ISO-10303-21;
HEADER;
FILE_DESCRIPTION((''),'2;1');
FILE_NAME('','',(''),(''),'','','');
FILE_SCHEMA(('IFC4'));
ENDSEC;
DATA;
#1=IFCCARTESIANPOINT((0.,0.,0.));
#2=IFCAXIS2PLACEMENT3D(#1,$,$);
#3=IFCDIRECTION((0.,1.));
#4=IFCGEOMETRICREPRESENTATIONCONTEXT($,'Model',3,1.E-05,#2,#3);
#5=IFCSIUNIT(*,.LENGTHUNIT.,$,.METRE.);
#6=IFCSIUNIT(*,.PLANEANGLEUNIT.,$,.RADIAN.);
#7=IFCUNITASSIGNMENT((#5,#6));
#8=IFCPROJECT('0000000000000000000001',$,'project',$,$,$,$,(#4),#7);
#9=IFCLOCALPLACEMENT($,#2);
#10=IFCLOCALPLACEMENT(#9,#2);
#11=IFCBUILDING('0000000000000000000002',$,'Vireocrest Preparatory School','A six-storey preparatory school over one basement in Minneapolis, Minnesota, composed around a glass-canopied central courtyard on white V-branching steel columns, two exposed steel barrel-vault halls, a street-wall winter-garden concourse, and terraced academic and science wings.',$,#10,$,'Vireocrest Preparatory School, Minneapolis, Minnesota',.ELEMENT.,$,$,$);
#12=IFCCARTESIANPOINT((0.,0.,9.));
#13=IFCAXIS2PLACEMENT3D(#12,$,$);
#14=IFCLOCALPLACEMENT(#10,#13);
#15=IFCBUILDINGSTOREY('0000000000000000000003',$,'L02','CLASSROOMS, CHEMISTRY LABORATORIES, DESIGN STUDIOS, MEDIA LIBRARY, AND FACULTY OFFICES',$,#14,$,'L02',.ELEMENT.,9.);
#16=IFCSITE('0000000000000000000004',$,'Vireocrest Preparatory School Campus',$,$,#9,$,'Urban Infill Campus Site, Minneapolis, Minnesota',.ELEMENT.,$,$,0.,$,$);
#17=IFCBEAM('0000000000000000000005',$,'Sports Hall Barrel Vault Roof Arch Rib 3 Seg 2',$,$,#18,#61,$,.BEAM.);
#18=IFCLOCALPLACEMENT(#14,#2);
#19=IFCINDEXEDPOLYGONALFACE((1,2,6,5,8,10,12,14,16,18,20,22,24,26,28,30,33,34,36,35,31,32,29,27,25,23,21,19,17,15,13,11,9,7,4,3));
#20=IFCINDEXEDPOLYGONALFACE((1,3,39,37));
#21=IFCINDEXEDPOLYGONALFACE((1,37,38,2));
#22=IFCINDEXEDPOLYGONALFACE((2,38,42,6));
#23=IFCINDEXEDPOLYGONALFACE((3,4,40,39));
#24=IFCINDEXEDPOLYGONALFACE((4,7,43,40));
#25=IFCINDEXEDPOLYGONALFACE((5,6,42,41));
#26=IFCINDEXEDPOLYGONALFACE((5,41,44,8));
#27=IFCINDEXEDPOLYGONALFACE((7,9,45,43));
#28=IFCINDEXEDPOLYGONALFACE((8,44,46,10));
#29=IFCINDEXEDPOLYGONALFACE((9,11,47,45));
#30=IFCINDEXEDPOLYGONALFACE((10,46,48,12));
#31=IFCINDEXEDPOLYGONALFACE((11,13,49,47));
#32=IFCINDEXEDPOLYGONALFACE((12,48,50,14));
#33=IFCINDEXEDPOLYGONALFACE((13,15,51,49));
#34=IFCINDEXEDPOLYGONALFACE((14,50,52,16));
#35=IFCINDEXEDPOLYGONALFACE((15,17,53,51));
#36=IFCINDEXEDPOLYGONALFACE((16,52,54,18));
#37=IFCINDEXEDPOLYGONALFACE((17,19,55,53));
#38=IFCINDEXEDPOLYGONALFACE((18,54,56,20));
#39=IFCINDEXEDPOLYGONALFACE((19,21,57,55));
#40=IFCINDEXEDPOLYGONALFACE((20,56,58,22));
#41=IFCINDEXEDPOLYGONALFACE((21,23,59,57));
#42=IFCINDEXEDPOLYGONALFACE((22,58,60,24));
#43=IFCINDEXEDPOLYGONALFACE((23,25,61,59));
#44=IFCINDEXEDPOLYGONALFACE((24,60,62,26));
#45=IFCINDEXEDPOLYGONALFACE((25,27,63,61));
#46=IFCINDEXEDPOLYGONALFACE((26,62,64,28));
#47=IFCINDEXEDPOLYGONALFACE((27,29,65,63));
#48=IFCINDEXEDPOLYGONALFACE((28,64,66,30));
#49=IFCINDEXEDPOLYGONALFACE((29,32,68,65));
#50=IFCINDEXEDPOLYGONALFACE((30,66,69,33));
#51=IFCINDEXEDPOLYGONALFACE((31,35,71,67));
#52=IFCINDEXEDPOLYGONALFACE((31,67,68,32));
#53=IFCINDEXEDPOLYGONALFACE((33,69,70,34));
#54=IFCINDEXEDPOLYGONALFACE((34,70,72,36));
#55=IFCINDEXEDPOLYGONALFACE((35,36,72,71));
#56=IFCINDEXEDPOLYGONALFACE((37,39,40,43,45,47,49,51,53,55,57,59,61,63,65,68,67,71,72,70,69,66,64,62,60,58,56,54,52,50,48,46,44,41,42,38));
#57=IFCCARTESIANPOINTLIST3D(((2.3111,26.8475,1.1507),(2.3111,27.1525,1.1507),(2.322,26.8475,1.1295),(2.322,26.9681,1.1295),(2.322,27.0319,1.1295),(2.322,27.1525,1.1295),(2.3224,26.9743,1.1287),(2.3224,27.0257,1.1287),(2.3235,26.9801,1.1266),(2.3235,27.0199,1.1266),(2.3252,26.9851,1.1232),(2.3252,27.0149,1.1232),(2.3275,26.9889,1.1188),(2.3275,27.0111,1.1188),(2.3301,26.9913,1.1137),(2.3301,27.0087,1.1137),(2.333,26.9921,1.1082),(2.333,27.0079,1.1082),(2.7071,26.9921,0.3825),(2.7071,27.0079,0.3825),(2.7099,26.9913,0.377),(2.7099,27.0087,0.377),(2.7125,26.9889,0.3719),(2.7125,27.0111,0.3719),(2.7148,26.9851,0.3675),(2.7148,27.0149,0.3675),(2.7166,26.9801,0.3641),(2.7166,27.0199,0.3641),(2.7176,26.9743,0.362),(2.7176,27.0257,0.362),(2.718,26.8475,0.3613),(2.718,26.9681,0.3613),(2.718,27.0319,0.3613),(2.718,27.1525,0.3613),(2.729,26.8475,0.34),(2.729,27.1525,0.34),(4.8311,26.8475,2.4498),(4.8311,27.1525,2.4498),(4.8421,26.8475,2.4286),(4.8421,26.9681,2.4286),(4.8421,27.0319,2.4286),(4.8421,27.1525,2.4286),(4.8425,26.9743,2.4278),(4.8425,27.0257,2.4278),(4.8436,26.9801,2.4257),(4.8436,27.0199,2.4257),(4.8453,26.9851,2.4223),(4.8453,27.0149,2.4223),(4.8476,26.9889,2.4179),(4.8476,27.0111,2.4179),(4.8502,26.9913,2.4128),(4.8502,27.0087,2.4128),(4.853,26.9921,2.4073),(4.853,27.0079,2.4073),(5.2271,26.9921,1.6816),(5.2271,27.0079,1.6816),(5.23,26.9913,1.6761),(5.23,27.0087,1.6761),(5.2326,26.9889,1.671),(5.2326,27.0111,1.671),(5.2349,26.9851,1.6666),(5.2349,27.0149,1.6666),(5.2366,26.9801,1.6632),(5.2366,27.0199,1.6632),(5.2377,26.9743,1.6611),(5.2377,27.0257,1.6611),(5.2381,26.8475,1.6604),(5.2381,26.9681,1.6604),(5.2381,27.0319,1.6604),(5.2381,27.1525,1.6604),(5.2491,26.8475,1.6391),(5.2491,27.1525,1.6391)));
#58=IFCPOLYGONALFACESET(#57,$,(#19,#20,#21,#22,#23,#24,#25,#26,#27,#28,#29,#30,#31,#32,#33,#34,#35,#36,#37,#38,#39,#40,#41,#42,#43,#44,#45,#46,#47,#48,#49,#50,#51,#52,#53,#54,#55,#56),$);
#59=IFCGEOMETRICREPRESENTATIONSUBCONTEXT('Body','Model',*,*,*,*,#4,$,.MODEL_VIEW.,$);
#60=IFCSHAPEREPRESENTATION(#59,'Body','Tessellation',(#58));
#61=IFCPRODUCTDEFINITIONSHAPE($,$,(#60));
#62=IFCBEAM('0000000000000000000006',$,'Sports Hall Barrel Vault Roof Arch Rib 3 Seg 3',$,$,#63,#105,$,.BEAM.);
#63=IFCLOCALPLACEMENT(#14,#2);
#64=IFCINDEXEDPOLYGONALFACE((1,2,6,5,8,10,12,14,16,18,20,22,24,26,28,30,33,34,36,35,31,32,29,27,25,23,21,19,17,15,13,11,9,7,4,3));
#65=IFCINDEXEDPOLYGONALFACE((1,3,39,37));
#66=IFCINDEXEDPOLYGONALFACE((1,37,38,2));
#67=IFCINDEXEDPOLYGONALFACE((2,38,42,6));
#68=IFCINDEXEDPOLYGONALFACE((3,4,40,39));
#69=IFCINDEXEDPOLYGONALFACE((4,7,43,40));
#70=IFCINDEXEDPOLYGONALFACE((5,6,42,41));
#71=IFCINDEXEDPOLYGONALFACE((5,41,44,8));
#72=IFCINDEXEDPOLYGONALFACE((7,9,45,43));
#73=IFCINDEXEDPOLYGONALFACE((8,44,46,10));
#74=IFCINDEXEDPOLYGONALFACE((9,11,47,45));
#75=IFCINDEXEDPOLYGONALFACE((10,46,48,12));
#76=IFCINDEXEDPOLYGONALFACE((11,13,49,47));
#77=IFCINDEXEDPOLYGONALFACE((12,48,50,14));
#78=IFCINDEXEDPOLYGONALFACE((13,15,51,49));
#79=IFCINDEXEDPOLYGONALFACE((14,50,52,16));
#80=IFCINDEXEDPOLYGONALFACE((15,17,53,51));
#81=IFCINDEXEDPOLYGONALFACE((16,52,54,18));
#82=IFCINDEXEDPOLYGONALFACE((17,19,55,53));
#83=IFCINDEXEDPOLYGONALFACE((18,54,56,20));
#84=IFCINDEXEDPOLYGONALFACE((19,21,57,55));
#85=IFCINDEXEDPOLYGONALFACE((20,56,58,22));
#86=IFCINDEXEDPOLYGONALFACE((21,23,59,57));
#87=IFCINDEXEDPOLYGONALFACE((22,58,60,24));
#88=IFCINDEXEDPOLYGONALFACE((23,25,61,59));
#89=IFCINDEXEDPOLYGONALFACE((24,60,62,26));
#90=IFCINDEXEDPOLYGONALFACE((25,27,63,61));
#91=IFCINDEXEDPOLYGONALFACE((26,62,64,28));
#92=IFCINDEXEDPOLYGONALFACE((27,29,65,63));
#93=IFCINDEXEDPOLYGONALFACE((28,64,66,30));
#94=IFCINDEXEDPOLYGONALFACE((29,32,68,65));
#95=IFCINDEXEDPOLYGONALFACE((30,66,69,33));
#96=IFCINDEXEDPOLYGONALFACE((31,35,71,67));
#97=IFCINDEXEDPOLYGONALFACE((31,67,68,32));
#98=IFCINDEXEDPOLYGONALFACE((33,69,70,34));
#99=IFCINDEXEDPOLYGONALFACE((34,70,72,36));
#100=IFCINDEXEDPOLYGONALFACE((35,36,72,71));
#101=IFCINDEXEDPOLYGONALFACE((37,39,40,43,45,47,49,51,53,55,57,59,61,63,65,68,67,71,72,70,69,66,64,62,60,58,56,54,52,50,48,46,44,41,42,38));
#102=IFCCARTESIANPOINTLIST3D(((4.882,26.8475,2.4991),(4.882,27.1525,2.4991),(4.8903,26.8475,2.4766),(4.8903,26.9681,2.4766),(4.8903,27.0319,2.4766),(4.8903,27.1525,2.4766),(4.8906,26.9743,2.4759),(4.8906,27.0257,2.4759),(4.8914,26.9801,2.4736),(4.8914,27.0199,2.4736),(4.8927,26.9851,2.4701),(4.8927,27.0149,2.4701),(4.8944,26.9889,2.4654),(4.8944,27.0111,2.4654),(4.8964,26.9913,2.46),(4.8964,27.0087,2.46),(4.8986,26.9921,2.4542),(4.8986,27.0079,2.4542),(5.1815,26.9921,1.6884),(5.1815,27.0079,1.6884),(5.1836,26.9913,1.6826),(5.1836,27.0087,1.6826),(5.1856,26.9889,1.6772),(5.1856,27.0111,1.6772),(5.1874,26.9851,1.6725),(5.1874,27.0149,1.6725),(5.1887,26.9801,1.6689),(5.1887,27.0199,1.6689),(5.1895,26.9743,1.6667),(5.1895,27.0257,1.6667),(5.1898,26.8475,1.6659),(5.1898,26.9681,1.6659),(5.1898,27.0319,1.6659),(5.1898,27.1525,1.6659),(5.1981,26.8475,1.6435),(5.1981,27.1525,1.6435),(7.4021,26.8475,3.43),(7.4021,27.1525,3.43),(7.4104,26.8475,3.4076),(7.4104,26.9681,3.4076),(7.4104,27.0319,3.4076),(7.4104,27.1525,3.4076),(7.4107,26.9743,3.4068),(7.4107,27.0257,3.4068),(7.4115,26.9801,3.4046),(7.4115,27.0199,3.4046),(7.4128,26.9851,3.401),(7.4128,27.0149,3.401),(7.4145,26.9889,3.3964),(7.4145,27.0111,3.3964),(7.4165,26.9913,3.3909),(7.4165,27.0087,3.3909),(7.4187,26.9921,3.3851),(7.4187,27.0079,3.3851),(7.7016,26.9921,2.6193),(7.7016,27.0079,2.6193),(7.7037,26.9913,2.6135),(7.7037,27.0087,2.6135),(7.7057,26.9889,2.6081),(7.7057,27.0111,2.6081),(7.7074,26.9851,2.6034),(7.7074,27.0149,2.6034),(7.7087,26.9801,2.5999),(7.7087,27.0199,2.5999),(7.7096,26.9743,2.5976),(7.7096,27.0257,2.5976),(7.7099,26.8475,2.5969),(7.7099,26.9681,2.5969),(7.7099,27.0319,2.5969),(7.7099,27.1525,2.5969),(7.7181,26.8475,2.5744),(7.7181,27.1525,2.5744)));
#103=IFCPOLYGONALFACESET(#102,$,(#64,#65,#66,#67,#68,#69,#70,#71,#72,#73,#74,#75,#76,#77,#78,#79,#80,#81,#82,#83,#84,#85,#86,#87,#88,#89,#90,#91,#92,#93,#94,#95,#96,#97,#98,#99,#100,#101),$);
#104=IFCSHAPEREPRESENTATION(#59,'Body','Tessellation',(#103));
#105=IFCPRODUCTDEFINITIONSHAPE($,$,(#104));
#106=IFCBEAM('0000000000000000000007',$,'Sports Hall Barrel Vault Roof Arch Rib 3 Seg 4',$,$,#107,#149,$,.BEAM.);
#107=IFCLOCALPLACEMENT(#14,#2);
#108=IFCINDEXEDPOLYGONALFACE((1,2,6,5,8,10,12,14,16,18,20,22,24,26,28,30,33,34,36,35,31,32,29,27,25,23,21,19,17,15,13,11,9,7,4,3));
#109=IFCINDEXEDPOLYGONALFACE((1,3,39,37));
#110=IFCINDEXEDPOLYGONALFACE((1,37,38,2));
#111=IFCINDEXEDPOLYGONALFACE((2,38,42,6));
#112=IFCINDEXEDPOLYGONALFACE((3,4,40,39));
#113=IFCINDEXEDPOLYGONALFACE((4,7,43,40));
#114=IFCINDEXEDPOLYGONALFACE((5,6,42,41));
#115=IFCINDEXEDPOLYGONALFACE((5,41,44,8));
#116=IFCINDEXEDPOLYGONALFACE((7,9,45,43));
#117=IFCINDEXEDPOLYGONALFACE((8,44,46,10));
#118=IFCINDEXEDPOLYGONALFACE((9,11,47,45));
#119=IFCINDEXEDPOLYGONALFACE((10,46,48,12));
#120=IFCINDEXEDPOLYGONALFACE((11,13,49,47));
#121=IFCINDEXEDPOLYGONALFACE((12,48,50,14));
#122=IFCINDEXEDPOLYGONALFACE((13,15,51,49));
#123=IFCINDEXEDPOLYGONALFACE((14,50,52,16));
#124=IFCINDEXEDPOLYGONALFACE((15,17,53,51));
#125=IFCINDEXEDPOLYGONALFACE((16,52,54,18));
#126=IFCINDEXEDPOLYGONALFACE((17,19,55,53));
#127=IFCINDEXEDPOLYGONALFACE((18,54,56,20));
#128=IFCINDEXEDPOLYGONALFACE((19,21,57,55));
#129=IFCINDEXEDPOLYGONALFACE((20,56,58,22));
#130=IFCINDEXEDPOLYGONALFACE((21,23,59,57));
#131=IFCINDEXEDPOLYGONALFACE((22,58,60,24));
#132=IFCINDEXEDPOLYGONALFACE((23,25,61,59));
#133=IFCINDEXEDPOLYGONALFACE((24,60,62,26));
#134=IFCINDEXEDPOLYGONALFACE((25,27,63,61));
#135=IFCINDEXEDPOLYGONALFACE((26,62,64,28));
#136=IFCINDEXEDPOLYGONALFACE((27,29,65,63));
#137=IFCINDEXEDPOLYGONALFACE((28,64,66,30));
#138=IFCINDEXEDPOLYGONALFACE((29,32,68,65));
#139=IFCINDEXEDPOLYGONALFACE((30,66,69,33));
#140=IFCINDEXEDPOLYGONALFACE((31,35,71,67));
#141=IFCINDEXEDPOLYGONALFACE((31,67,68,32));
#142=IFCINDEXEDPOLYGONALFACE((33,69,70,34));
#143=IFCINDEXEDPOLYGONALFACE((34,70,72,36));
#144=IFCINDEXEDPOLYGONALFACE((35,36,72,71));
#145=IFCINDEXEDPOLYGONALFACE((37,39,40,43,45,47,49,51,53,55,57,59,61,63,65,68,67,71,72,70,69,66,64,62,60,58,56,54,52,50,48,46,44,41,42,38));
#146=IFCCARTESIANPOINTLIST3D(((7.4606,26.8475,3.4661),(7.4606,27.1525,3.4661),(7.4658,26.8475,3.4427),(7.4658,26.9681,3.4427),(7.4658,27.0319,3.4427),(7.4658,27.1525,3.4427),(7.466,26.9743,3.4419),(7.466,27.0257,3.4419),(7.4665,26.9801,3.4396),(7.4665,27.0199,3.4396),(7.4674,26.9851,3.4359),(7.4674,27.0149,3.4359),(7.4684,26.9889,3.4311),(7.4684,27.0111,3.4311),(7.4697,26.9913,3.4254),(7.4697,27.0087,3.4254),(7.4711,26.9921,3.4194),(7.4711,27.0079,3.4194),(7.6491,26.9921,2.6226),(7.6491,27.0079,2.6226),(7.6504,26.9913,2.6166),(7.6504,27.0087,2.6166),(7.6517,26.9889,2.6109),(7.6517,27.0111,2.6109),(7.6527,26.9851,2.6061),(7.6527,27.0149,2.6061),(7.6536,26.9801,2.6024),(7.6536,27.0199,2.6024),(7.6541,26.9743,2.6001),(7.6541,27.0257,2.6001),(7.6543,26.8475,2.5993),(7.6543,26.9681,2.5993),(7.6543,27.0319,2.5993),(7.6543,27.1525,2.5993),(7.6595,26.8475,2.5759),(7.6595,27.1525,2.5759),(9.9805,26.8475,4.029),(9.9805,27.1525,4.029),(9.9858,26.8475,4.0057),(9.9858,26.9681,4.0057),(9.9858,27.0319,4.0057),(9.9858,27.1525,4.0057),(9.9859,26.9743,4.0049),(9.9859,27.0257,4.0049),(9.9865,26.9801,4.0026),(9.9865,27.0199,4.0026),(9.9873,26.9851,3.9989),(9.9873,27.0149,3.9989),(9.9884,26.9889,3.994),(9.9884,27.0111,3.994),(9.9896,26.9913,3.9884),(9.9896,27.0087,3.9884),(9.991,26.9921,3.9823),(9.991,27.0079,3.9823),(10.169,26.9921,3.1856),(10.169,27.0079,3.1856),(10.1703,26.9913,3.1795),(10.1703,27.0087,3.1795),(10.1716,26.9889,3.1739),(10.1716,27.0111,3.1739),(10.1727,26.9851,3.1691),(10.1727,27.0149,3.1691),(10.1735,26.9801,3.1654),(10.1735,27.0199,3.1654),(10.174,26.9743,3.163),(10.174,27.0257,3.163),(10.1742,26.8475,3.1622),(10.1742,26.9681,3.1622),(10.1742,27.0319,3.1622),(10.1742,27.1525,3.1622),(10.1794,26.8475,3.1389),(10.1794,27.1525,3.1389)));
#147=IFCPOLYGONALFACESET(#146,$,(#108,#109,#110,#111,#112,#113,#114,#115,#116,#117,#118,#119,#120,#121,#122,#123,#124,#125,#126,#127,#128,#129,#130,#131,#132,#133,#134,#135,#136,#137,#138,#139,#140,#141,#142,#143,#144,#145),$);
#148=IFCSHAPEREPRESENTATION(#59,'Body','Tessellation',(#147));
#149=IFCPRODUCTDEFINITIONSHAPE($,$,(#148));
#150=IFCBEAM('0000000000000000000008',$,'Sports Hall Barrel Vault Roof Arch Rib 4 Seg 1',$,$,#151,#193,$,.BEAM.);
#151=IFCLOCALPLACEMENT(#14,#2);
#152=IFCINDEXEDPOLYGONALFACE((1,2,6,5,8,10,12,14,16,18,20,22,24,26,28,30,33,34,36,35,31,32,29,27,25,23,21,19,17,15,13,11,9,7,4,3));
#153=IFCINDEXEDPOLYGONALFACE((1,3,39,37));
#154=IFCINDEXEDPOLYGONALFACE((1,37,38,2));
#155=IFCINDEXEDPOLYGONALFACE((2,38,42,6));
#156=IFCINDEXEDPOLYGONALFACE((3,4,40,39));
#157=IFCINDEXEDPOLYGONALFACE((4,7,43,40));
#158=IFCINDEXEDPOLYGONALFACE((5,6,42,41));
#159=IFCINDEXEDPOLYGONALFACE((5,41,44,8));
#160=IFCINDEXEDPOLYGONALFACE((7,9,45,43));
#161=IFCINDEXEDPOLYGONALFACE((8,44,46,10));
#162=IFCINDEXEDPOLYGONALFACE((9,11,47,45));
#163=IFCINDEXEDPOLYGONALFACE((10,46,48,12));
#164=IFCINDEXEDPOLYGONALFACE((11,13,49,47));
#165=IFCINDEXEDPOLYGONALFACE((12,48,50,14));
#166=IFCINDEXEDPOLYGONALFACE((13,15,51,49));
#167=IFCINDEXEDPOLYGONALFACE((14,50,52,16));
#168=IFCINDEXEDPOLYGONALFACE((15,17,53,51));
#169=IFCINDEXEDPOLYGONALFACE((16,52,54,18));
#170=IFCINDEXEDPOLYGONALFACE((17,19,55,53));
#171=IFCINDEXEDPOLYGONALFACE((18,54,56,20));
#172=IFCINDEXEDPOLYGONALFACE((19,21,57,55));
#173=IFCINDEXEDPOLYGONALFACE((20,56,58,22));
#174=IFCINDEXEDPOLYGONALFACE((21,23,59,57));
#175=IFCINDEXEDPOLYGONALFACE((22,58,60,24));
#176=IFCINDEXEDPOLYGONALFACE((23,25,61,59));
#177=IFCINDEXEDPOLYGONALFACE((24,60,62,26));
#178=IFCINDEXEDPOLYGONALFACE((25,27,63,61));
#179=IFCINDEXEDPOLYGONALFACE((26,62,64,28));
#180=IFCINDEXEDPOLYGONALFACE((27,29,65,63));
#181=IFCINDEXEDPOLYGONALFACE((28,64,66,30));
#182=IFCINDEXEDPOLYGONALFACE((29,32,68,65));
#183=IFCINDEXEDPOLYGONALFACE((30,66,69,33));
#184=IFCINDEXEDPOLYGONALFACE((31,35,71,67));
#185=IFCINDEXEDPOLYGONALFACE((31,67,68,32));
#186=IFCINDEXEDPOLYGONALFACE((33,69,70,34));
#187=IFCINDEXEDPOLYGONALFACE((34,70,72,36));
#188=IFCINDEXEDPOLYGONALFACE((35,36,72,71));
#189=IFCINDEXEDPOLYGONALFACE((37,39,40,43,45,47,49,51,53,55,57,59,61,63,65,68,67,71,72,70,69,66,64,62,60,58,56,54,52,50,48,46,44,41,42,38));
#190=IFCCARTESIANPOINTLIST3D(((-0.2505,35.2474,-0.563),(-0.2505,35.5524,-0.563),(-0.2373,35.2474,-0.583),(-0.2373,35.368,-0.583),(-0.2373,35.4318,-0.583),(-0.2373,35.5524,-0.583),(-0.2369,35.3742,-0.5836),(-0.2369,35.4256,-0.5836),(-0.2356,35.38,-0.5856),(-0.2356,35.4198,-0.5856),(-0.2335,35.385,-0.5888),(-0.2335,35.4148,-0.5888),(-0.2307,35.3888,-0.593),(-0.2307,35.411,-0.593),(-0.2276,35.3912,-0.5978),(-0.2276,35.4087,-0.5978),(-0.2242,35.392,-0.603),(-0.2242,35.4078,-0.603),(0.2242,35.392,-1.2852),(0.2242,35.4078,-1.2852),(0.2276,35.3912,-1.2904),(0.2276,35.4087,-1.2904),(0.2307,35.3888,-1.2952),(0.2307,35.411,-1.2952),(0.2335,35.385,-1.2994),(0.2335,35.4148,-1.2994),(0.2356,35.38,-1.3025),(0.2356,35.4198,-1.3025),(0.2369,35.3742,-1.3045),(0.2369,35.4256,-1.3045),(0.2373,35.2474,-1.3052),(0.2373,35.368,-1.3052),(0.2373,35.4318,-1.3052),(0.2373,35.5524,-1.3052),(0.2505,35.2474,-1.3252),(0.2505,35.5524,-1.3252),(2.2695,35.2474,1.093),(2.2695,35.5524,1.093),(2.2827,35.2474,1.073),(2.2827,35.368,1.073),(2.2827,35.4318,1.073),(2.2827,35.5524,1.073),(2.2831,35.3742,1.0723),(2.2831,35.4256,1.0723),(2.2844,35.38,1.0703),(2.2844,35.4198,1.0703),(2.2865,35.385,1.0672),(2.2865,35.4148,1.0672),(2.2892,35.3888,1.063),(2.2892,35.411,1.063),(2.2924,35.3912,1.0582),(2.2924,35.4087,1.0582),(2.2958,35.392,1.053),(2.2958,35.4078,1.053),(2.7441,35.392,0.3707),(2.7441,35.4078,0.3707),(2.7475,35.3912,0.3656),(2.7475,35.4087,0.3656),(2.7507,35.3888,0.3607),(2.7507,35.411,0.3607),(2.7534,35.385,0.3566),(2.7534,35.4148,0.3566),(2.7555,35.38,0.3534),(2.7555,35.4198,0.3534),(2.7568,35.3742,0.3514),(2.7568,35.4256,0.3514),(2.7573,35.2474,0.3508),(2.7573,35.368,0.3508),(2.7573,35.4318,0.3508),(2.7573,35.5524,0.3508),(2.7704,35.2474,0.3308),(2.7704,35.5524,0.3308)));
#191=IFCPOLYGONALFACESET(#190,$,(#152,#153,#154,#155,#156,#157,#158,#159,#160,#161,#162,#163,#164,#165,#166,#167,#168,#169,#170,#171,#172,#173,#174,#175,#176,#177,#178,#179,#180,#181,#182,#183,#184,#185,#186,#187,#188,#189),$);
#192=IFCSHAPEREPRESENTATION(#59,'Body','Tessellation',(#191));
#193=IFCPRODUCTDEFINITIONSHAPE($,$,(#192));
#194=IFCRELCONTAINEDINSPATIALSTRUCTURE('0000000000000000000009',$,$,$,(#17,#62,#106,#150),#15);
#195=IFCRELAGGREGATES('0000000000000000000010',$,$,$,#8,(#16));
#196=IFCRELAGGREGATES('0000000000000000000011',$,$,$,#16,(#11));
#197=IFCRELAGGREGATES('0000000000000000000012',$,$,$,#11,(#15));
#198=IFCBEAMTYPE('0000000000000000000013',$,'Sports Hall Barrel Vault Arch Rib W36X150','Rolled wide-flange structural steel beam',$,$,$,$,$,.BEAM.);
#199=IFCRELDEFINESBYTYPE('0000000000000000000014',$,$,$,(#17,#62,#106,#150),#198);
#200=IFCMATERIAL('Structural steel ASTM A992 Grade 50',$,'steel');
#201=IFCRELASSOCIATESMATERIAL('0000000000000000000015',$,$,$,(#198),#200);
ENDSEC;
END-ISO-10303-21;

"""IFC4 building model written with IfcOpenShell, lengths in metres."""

from ifc_helpers import new_model, si_unit, direction, frame, origin, origin_2d, place, context, subcontext, project, spatial, i_section, extrude, material, material_profile, profile_set, type_object, element, save


model = new_model("IFC4")

# Units and contexts
model_context = context("Model", 3, precision=1e-05, world=origin(), true_north=direction((0.0, 1.0)))
body_context = subcontext(model_context, "Body", "Model", "MODEL_VIEW")
ifc_project = project(units=[si_unit("LENGTHUNIT", "METRE"), si_unit("PLANEANGLEUNIT", "RADIAN")], contexts=[model_context])

# Site, building, storey
site_placement = place(None, origin())
site = spatial("IfcSite", under=ifc_project, at=site_placement, Name="Vireocrest Preparatory School Campus", LongName="Urban Infill Campus Site, Minneapolis, Minnesota", CompositionType="ELEMENT", RefElevation=0.0)
building_placement = place(site_placement, origin())
building = spatial("IfcBuilding", under=site, at=building_placement, Name="Vireocrest Preparatory School", Description="A six-storey preparatory school over one basement in Minneapolis, Minnesota, composed around a glass-canopied central courtyard on white V-branching steel columns, two exposed steel barrel-vault halls, a street-wall winter-garden concourse, and terraced academic and science wings.", LongName="Vireocrest Preparatory School, Minneapolis, Minnesota", CompositionType="ELEMENT")
storey_placement = place(building_placement, frame((0.0, 0.0, 9.0)))
storey = spatial("IfcBuildingStorey", under=building, at=storey_placement, Name="L02", Description="CLASSROOMS, CHEMISTRY LABORATORIES, DESIGN STUDIOS, MEDIA LIBRARY, AND FACULTY OFFICES", LongName="L02", CompositionType="ELEMENT", Elevation=9.0)

# Beams
ifc_material_1 = material(Name="Structural steel ASTM A992 Grade 50", Category="steel")
ifc_material_profile_1 = material_profile(ifc_material_1, i_section(OverallWidth=0.3049, OverallDepth=0.9121, WebThickness=0.0159, FlangeThickness=0.0239, FilletRadius=0.0239, at=origin_2d()), Name="W36X150")
ifc_profile_set_1 = profile_set([ifc_material_profile_1], Name="Structural steel ASTM A992 Grade 50")
beam_type_1 = type_object("IfcBeamType", Name="Sports Hall Barrel Vault Arch Rib W36X150", Description="Rolled wide-flange structural steel beam", PredefinedType="BEAM", material=ifc_profile_set_1)
beam_1_placement = place(storey_placement, frame((2.52, 27.0, 0.7454), z_axis=(0.888848, 0.0, 0.458202), x_axis=(0.0, 1.0, 0.0)))
element("IfcBeam", 1, at=beam_1_placement, inside=storey, type_object=beam_type_1, Name="Sports Hall Barrel Vault Roof Arch Rib 3 Seg 2", PredefinedType="BEAM", context=body_context, shape_type="SweptSolid", body=[
    extrude(i_section(OverallWidth=0.3049, OverallDepth=0.9121, WebThickness=0.0159, FlangeThickness=0.0239, FilletRadius=0.0239, at=origin_2d()), origin(), (0.0, 0.0, 1.0), 2.8352),
])
beam_2_placement = place(storey_placement, frame((5.04, 27.0, 2.0713), z_axis=(0.938043, 0.0, 0.346518), x_axis=(0.0, 1.0, 0.0)))
element("IfcBeam", 2, at=beam_2_placement, inside=storey, type_object=beam_type_1, Name="Sports Hall Barrel Vault Roof Arch Rib 3 Seg 3", PredefinedType="BEAM", context=body_context, shape_type="SweptSolid", body=[
    extrude(i_section(OverallWidth=0.3049, OverallDepth=0.9121, WebThickness=0.0159, FlangeThickness=0.0239, FilletRadius=0.0239, at=origin_2d()), origin(), (0.0, 0.0, 1.0), 2.6865),
])
beam_3_placement = place(storey_placement, frame((7.5601, 27.0, 3.021), z_axis=(0.975942, 0.0, 0.218032), x_axis=(0.0, 1.0, 0.0)))
element("IfcBeam", 3, at=beam_3_placement, inside=storey, type_object=beam_type_1, Name="Sports Hall Barrel Vault Roof Arch Rib 3 Seg 4", PredefinedType="BEAM", context=body_context, shape_type="SweptSolid", body=[
    extrude(i_section(OverallWidth=0.3049, OverallDepth=0.9121, WebThickness=0.0159, FlangeThickness=0.0239, FilletRadius=0.0239, at=origin_2d()), origin(), (0.0, 0.0, 1.0), 2.582),
])
beam_4_placement = place(storey_placement, frame((0.0, 35.3999, -0.9441), z_axis=(0.835707, 0.0, 0.549176), x_axis=(0.0, 1.0, 0.0)))
element("IfcBeam", 4, at=beam_4_placement, inside=storey, type_object=beam_type_1, Name="Sports Hall Barrel Vault Roof Arch Rib 4 Seg 1", PredefinedType="BEAM", context=body_context, shape_type="SweptSolid", body=[
    extrude(i_section(OverallWidth=0.3049, OverallDepth=0.9121, WebThickness=0.0159, FlangeThickness=0.0239, FilletRadius=0.0239, at=origin_2d()), origin(), (0.0, 0.0, 1.0), 3.0154),
])

save(model, "model.ifc")
